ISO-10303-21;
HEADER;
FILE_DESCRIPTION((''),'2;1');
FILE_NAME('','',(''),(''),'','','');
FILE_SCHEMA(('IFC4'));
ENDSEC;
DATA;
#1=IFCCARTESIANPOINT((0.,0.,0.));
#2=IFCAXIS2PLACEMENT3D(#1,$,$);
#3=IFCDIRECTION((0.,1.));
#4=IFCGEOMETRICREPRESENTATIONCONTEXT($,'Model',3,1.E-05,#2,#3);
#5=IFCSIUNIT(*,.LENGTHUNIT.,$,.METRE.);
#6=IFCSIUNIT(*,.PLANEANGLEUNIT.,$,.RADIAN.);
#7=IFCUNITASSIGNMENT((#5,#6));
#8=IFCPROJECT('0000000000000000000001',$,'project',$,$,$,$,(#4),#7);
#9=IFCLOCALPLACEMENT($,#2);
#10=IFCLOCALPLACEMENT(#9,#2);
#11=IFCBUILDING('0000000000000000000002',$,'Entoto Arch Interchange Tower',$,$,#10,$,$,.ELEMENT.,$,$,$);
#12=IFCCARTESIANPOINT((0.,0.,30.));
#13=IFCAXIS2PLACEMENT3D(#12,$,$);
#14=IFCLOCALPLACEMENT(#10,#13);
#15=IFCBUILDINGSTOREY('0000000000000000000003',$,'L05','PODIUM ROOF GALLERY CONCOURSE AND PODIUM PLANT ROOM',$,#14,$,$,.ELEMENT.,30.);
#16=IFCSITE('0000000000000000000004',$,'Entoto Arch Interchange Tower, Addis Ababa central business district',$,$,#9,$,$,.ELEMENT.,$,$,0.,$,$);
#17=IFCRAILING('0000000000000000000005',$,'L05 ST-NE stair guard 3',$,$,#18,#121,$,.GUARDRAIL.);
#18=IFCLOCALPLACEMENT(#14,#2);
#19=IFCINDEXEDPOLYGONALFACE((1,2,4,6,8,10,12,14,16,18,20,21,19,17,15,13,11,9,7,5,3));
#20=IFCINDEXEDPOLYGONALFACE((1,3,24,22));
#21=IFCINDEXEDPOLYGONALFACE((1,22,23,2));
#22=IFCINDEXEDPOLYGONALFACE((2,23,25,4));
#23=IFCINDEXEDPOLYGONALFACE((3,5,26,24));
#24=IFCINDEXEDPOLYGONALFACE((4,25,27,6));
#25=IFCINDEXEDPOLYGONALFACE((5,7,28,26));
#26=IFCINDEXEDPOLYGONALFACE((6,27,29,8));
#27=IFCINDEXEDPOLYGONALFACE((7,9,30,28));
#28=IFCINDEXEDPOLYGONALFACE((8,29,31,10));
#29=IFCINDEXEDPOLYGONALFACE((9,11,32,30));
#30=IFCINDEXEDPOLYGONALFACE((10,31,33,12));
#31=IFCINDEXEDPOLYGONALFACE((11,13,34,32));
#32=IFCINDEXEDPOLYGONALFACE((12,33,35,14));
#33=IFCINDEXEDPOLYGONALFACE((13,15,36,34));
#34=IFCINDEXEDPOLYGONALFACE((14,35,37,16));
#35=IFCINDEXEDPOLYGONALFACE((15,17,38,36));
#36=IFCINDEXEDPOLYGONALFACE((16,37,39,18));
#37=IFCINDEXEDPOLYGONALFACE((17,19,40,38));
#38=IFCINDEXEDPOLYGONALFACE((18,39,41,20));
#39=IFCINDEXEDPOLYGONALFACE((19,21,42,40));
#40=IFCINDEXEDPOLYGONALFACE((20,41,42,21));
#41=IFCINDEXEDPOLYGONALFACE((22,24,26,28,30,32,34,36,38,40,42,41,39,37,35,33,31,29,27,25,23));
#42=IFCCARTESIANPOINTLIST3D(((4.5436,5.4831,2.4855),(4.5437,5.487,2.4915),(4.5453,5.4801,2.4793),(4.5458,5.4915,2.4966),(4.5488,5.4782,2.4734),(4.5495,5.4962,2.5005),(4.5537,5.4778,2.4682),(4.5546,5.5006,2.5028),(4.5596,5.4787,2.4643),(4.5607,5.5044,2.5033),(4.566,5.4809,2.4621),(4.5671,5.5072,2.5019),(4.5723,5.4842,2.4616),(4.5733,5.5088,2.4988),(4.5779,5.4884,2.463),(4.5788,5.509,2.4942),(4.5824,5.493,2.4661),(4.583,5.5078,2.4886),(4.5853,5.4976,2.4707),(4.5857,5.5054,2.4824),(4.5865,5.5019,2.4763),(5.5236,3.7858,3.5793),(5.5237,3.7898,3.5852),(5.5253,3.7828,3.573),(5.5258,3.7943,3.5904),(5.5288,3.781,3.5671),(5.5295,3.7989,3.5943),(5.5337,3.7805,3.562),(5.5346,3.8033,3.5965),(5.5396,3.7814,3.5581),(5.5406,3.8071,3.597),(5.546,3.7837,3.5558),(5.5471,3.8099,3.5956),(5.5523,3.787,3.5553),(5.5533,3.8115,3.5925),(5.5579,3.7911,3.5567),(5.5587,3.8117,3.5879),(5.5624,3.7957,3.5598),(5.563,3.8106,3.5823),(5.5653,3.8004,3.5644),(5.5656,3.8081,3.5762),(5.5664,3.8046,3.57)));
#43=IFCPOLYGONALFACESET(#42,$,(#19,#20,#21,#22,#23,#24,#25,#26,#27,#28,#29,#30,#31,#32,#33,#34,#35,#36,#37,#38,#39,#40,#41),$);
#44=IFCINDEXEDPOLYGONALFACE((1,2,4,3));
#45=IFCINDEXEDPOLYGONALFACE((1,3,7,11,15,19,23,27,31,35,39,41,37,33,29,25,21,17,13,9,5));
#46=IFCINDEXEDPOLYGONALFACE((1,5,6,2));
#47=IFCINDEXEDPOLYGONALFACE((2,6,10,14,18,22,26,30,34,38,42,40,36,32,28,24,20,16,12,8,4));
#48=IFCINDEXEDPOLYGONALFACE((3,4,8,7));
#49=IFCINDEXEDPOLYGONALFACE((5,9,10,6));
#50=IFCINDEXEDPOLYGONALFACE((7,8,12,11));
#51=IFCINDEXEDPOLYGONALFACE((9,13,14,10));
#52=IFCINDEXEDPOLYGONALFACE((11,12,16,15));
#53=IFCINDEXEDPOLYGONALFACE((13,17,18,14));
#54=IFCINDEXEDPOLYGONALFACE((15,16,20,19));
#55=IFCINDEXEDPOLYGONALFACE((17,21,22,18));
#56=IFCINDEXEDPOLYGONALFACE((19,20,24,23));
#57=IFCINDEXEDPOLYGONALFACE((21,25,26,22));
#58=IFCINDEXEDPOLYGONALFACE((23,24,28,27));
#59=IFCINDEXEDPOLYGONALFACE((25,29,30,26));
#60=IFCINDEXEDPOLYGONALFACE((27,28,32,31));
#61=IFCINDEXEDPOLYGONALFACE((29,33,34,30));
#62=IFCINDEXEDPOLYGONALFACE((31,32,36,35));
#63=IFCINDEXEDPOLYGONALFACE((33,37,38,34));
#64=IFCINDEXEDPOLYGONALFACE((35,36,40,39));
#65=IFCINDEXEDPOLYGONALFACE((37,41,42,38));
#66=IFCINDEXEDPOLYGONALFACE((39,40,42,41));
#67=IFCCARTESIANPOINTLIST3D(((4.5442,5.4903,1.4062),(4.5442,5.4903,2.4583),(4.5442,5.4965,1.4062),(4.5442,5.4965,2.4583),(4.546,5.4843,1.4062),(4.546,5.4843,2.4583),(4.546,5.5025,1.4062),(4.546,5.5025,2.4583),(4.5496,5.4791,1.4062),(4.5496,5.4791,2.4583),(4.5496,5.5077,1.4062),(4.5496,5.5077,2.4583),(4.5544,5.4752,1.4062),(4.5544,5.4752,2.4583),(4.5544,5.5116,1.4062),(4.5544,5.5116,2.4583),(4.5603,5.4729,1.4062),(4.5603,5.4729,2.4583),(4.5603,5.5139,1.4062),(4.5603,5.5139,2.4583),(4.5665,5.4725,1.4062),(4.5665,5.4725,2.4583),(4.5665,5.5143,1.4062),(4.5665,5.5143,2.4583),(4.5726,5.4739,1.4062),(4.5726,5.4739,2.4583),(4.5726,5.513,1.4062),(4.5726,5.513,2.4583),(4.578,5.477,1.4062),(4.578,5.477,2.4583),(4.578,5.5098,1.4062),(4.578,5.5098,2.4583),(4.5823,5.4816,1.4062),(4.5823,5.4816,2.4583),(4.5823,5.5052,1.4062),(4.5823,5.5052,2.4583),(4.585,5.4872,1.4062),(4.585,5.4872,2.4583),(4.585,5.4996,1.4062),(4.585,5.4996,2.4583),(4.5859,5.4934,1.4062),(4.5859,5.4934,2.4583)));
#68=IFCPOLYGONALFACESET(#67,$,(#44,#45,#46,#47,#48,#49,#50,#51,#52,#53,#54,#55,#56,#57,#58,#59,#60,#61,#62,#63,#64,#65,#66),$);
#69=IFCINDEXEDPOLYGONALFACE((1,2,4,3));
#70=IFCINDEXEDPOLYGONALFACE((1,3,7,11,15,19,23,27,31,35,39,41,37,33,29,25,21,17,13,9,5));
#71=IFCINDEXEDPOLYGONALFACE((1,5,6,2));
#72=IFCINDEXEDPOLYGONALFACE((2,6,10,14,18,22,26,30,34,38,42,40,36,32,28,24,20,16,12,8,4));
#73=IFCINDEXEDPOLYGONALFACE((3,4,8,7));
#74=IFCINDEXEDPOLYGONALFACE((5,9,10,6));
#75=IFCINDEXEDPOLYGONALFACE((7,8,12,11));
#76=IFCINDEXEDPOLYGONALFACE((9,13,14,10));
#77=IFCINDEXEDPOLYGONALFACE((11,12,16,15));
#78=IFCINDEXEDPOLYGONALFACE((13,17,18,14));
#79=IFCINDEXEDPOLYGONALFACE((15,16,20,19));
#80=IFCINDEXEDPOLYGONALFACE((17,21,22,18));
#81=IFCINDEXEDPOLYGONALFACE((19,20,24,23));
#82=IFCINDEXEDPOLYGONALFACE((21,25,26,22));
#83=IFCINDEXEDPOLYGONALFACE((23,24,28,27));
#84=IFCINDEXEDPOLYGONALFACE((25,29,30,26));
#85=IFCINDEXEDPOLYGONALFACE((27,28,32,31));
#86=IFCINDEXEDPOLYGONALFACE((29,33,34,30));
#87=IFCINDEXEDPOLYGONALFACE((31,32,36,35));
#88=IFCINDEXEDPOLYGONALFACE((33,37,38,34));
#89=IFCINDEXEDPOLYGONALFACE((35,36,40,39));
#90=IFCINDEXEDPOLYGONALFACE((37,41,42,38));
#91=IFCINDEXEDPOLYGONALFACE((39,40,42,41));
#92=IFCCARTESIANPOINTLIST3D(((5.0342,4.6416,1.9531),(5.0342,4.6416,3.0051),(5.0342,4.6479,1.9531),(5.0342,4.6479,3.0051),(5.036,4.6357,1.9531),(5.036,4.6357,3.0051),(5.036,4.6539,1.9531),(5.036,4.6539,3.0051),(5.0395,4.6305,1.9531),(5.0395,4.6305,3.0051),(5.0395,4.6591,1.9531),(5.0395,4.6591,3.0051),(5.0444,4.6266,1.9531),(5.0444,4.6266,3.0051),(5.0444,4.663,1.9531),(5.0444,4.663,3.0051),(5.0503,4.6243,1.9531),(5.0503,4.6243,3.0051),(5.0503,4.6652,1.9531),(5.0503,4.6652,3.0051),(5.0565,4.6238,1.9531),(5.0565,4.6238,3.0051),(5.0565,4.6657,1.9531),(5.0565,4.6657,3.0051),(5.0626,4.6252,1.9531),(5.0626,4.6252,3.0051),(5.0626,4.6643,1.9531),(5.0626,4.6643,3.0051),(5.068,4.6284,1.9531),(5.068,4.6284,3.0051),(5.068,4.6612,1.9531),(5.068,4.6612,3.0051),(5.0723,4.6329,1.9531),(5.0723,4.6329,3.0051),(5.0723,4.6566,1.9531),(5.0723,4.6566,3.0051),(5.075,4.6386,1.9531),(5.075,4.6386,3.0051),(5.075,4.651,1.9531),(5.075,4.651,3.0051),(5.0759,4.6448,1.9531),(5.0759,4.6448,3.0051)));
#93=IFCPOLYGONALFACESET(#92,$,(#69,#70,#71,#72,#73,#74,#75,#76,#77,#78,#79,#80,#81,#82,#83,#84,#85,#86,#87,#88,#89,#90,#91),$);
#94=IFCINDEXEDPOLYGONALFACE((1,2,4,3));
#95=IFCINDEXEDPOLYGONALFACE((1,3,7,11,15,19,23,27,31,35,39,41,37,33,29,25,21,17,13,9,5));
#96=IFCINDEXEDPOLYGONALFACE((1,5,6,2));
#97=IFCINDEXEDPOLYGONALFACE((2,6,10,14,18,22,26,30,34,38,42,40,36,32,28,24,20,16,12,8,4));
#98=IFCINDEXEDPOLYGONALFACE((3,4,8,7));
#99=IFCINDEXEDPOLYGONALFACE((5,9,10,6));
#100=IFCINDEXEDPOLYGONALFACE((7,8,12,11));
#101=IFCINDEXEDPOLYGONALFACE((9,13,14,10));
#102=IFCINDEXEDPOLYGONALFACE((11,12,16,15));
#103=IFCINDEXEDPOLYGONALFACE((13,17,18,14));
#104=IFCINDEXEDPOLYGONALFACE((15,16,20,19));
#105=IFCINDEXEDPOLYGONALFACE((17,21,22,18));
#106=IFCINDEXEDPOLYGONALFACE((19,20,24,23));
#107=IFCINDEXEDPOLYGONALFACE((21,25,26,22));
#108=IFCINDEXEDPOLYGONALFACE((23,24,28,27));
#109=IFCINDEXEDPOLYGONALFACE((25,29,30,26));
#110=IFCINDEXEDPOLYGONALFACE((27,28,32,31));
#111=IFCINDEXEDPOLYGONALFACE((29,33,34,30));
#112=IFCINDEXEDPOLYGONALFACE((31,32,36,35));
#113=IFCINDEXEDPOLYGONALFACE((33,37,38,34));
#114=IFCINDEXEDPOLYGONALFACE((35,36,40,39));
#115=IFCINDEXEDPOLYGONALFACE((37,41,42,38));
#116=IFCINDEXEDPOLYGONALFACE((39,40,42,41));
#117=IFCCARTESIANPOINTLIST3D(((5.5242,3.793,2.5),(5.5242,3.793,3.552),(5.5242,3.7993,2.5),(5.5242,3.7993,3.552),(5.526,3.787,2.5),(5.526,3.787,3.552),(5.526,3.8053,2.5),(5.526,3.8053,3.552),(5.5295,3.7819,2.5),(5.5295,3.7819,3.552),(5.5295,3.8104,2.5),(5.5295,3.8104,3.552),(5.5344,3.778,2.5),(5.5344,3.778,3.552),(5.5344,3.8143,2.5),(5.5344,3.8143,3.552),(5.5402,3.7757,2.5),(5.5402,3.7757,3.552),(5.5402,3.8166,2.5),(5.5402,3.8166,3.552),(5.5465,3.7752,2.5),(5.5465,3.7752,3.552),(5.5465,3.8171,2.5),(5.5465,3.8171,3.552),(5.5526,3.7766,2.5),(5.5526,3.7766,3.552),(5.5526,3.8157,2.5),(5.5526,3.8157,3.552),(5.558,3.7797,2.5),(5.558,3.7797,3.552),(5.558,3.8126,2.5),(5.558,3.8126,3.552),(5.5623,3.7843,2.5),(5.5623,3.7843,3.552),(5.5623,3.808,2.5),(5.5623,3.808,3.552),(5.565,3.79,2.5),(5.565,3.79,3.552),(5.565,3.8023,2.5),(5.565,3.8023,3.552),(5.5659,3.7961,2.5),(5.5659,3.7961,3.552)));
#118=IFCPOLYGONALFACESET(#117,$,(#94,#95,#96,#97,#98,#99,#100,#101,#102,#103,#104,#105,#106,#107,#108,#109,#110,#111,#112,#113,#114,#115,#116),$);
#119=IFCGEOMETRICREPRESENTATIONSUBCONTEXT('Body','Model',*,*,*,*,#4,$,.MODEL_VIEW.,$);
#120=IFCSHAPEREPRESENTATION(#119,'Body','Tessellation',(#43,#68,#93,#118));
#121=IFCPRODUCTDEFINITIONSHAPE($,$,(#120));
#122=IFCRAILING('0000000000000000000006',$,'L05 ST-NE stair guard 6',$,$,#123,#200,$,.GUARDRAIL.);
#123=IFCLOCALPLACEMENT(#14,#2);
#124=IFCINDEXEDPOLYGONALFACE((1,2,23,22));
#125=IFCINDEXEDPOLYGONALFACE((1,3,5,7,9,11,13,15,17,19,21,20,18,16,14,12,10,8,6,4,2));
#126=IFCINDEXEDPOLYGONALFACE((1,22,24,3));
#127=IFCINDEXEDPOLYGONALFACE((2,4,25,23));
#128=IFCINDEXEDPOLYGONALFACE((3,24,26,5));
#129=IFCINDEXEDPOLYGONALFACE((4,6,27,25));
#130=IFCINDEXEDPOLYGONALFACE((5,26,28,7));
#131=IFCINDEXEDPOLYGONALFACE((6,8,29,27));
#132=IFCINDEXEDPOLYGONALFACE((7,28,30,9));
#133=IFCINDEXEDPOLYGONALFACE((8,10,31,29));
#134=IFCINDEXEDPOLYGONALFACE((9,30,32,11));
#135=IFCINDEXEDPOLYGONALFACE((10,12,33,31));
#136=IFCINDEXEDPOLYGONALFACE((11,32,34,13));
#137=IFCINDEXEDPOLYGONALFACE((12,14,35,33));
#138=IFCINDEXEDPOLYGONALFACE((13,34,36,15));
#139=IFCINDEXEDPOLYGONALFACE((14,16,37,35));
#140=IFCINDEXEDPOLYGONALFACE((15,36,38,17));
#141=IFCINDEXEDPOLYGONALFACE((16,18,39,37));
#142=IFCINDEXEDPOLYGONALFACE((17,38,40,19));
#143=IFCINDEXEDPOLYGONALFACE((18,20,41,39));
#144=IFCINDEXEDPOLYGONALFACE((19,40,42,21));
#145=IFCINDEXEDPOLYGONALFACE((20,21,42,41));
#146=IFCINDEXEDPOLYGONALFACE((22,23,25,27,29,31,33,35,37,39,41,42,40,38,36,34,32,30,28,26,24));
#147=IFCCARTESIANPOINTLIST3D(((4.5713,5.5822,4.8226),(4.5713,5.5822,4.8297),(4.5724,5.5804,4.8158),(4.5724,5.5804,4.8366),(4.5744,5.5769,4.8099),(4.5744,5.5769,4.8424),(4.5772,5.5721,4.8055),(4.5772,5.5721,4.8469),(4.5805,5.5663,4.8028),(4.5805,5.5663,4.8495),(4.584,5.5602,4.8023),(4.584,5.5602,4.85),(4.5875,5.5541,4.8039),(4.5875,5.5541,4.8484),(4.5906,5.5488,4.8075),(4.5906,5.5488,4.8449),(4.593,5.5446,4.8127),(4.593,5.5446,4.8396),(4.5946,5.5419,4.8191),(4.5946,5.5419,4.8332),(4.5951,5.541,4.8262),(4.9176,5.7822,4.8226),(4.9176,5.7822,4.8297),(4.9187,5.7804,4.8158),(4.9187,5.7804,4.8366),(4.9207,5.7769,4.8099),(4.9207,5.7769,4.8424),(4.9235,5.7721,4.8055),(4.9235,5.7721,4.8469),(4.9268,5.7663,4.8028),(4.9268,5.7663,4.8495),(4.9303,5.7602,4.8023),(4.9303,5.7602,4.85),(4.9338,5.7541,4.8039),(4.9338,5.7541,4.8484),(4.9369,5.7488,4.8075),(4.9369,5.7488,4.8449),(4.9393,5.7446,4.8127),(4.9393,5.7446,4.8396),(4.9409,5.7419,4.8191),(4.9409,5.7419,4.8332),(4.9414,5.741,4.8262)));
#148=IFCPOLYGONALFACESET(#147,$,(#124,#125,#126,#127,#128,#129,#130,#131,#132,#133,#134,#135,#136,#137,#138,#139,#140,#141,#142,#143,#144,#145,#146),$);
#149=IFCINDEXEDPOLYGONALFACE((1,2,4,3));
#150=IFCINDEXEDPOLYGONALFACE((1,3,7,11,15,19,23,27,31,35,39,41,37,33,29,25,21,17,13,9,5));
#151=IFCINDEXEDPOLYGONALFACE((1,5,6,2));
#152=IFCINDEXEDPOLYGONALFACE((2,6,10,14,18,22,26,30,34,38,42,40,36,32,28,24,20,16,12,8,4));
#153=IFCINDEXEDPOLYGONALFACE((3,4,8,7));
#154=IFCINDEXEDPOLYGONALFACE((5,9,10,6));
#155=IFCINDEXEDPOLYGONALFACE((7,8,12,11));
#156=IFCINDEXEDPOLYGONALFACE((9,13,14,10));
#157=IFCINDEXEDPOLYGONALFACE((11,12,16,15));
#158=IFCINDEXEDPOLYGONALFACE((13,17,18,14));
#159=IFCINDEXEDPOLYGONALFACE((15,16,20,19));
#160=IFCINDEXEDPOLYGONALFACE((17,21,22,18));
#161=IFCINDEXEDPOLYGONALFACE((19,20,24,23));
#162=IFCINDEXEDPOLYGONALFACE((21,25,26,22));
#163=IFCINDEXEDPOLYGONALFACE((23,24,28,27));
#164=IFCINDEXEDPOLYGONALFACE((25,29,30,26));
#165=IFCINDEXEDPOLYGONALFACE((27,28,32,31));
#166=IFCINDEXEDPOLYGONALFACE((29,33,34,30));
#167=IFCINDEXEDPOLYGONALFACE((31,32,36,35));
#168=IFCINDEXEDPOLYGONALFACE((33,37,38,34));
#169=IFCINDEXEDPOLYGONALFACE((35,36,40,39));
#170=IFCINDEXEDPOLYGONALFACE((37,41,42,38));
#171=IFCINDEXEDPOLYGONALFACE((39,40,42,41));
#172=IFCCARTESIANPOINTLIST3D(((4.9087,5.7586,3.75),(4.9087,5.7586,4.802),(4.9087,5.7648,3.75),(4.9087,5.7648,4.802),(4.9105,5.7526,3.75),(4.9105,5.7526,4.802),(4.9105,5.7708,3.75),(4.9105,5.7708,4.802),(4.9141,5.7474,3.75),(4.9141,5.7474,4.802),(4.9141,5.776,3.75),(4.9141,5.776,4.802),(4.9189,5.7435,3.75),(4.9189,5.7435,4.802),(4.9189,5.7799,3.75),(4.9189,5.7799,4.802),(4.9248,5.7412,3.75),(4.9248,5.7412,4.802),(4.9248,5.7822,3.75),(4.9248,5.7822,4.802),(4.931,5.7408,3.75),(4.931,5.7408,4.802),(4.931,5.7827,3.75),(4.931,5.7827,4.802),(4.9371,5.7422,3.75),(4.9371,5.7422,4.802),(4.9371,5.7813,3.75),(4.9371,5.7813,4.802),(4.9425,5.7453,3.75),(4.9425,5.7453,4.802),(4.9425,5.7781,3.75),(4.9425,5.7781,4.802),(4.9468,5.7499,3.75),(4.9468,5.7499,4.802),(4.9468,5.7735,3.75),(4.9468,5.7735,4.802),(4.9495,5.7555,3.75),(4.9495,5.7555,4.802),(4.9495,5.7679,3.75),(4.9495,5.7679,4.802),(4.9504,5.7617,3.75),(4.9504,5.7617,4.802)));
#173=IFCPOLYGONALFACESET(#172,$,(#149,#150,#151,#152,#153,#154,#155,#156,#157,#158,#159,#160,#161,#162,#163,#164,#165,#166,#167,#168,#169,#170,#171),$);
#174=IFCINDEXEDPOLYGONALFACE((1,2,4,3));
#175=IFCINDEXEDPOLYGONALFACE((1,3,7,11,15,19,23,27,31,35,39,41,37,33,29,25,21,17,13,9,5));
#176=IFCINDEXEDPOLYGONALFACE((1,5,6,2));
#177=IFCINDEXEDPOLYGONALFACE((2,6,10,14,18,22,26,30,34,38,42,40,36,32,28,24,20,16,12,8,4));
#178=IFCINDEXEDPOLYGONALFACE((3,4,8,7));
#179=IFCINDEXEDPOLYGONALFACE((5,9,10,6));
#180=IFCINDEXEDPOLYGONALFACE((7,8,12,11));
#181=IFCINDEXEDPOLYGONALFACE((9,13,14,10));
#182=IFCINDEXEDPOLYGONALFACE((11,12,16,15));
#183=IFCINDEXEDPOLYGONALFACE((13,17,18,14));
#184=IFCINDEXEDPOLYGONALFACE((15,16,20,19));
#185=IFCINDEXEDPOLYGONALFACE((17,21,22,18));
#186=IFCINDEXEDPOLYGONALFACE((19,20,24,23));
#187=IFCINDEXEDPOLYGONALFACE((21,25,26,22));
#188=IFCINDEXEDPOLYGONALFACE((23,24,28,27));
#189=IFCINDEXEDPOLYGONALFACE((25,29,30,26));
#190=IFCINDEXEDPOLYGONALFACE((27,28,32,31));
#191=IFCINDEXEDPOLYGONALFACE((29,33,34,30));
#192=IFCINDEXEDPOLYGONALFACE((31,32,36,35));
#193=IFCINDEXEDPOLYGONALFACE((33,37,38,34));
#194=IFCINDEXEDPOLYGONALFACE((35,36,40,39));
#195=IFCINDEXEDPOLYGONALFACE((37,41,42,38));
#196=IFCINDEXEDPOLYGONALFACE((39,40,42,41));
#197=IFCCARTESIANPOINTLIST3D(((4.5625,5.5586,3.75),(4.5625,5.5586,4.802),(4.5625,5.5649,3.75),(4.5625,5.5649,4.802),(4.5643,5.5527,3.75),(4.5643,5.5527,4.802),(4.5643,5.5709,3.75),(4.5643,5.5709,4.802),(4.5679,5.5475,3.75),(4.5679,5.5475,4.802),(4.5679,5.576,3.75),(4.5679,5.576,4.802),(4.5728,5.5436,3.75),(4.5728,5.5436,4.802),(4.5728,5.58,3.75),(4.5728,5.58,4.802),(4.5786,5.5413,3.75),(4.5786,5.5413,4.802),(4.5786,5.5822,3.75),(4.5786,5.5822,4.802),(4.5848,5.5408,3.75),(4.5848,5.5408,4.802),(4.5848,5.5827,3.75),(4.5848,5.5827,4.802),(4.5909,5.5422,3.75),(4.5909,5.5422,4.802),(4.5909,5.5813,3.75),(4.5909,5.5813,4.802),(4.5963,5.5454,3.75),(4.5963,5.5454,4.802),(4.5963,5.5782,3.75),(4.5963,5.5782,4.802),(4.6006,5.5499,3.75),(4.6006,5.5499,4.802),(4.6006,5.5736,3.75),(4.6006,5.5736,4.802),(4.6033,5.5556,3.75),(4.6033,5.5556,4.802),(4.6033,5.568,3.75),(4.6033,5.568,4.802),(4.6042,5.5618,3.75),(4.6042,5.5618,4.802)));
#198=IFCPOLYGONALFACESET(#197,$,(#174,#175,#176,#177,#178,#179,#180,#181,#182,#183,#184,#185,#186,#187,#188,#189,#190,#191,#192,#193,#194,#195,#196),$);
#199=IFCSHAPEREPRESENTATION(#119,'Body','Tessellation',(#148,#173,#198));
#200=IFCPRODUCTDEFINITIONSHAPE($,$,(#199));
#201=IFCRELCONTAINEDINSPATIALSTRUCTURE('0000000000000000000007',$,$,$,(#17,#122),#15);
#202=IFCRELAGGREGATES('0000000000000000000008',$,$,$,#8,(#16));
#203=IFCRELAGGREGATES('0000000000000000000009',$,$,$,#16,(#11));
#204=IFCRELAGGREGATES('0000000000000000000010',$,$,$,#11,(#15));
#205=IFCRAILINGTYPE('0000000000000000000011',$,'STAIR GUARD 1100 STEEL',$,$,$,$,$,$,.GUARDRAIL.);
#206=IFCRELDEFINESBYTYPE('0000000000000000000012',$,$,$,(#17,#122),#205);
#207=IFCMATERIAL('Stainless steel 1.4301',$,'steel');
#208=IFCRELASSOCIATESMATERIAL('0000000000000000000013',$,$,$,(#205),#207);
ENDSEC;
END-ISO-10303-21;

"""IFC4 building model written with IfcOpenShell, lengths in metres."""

from ifc_helpers import new_model, si_unit, direction, frame, origin, origin_2d, place, context, subcontext, project, spatial, circle, extrude, material, type_object, element, save


model = new_model("IFC4")

# Units and contexts
model_context = context("Model", 3, precision=1e-05, world=origin(), true_north=direction((0.0, 1.0)))
body_context = subcontext(model_context, "Body", "Model", "MODEL_VIEW")
ifc_project = project(units=[si_unit("LENGTHUNIT", "METRE"), si_unit("PLANEANGLEUNIT", "RADIAN")], contexts=[model_context])

# Site, building, storey
site_placement = place(None, origin())
site = spatial("IfcSite", under=ifc_project, at=site_placement, Name="Entoto Arch Interchange Tower, Addis Ababa central business district", CompositionType="ELEMENT", RefElevation=0.0)
building_placement = place(site_placement, origin())
building = spatial("IfcBuilding", under=site, at=building_placement, Name="Entoto Arch Interchange Tower", CompositionType="ELEMENT")
storey_placement = place(building_placement, frame((0.0, 0.0, 30.0)))
storey = spatial("IfcBuildingStorey", under=building, at=storey_placement, Name="L05", Description="PODIUM ROOF GALLERY CONCOURSE AND PODIUM PLANT ROOM", CompositionType="ELEMENT", Elevation=30.0)

# Railings
ifc_material_1 = material(Name="Stainless steel 1.4301", Category="steel")
railing_type_1 = type_object("IfcRailingType", Name="STAIR GUARD 1100 STEEL", PredefinedType="GUARDRAIL", material=ifc_material_1)
railing_1_placement = place(storey_placement, frame((4.5649, 5.4934, 1.4062)))
element("IfcRailing", 1, at=railing_1_placement, inside=storey, type_object=railing_type_1, Name="L05 ST-NE stair guard 3", PredefinedType="GUARDRAIL", context=body_context, shape_type="SweptSolid", body=[
    extrude(circle(Radius=0.0239, at=origin_2d()), frame((0.0, 0.0, 1.0762), z_axis=(0.436632, -0.75622, 0.487323), x_axis=(0.866011, 0.500024, 0.0)), (0.0, 0.0, 1.0), 2.2444),
    extrude(circle(Radius=0.021, at=origin_2d()), origin(), (0.0, 0.0, 1.0), 1.052),
    extrude(circle(Radius=0.021, at=origin_2d()), frame((0.49, -0.8486, 0.5469)), (0.0, 0.0, 1.0), 1.052),
    extrude(circle(Radius=0.021, at=origin_2d()), frame((0.98, -1.6973, 1.0938)), (0.0, 0.0, 1.0), 1.052),
])
railing_2_placement = place(storey_placement, frame((4.9294, 5.7617, 3.75)))
element("IfcRailing", 2, at=railing_2_placement, inside=storey, type_object=railing_type_1, Name="L05 ST-NE stair guard 6", PredefinedType="GUARDRAIL", context=body_context, shape_type="SweptSolid", body=[
    extrude(circle(Radius=0.0239, at=origin_2d()), frame((0.0, 0.0, 1.0762), z_axis=(-0.865941, -0.500145, 0.0), x_axis=(0.500145, -0.865941, 0.0)), (0.0, 0.0, 1.0), 0.3999),
    extrude(circle(Radius=0.021, at=origin_2d()), origin(), (0.0, 0.0, 1.0), 1.052),
    extrude(circle(Radius=0.021, at=origin_2d()), frame((-0.3462, -0.2, 0.0)), (0.0, 0.0, 1.0), 1.052),
])

save(model, "model.ifc")
